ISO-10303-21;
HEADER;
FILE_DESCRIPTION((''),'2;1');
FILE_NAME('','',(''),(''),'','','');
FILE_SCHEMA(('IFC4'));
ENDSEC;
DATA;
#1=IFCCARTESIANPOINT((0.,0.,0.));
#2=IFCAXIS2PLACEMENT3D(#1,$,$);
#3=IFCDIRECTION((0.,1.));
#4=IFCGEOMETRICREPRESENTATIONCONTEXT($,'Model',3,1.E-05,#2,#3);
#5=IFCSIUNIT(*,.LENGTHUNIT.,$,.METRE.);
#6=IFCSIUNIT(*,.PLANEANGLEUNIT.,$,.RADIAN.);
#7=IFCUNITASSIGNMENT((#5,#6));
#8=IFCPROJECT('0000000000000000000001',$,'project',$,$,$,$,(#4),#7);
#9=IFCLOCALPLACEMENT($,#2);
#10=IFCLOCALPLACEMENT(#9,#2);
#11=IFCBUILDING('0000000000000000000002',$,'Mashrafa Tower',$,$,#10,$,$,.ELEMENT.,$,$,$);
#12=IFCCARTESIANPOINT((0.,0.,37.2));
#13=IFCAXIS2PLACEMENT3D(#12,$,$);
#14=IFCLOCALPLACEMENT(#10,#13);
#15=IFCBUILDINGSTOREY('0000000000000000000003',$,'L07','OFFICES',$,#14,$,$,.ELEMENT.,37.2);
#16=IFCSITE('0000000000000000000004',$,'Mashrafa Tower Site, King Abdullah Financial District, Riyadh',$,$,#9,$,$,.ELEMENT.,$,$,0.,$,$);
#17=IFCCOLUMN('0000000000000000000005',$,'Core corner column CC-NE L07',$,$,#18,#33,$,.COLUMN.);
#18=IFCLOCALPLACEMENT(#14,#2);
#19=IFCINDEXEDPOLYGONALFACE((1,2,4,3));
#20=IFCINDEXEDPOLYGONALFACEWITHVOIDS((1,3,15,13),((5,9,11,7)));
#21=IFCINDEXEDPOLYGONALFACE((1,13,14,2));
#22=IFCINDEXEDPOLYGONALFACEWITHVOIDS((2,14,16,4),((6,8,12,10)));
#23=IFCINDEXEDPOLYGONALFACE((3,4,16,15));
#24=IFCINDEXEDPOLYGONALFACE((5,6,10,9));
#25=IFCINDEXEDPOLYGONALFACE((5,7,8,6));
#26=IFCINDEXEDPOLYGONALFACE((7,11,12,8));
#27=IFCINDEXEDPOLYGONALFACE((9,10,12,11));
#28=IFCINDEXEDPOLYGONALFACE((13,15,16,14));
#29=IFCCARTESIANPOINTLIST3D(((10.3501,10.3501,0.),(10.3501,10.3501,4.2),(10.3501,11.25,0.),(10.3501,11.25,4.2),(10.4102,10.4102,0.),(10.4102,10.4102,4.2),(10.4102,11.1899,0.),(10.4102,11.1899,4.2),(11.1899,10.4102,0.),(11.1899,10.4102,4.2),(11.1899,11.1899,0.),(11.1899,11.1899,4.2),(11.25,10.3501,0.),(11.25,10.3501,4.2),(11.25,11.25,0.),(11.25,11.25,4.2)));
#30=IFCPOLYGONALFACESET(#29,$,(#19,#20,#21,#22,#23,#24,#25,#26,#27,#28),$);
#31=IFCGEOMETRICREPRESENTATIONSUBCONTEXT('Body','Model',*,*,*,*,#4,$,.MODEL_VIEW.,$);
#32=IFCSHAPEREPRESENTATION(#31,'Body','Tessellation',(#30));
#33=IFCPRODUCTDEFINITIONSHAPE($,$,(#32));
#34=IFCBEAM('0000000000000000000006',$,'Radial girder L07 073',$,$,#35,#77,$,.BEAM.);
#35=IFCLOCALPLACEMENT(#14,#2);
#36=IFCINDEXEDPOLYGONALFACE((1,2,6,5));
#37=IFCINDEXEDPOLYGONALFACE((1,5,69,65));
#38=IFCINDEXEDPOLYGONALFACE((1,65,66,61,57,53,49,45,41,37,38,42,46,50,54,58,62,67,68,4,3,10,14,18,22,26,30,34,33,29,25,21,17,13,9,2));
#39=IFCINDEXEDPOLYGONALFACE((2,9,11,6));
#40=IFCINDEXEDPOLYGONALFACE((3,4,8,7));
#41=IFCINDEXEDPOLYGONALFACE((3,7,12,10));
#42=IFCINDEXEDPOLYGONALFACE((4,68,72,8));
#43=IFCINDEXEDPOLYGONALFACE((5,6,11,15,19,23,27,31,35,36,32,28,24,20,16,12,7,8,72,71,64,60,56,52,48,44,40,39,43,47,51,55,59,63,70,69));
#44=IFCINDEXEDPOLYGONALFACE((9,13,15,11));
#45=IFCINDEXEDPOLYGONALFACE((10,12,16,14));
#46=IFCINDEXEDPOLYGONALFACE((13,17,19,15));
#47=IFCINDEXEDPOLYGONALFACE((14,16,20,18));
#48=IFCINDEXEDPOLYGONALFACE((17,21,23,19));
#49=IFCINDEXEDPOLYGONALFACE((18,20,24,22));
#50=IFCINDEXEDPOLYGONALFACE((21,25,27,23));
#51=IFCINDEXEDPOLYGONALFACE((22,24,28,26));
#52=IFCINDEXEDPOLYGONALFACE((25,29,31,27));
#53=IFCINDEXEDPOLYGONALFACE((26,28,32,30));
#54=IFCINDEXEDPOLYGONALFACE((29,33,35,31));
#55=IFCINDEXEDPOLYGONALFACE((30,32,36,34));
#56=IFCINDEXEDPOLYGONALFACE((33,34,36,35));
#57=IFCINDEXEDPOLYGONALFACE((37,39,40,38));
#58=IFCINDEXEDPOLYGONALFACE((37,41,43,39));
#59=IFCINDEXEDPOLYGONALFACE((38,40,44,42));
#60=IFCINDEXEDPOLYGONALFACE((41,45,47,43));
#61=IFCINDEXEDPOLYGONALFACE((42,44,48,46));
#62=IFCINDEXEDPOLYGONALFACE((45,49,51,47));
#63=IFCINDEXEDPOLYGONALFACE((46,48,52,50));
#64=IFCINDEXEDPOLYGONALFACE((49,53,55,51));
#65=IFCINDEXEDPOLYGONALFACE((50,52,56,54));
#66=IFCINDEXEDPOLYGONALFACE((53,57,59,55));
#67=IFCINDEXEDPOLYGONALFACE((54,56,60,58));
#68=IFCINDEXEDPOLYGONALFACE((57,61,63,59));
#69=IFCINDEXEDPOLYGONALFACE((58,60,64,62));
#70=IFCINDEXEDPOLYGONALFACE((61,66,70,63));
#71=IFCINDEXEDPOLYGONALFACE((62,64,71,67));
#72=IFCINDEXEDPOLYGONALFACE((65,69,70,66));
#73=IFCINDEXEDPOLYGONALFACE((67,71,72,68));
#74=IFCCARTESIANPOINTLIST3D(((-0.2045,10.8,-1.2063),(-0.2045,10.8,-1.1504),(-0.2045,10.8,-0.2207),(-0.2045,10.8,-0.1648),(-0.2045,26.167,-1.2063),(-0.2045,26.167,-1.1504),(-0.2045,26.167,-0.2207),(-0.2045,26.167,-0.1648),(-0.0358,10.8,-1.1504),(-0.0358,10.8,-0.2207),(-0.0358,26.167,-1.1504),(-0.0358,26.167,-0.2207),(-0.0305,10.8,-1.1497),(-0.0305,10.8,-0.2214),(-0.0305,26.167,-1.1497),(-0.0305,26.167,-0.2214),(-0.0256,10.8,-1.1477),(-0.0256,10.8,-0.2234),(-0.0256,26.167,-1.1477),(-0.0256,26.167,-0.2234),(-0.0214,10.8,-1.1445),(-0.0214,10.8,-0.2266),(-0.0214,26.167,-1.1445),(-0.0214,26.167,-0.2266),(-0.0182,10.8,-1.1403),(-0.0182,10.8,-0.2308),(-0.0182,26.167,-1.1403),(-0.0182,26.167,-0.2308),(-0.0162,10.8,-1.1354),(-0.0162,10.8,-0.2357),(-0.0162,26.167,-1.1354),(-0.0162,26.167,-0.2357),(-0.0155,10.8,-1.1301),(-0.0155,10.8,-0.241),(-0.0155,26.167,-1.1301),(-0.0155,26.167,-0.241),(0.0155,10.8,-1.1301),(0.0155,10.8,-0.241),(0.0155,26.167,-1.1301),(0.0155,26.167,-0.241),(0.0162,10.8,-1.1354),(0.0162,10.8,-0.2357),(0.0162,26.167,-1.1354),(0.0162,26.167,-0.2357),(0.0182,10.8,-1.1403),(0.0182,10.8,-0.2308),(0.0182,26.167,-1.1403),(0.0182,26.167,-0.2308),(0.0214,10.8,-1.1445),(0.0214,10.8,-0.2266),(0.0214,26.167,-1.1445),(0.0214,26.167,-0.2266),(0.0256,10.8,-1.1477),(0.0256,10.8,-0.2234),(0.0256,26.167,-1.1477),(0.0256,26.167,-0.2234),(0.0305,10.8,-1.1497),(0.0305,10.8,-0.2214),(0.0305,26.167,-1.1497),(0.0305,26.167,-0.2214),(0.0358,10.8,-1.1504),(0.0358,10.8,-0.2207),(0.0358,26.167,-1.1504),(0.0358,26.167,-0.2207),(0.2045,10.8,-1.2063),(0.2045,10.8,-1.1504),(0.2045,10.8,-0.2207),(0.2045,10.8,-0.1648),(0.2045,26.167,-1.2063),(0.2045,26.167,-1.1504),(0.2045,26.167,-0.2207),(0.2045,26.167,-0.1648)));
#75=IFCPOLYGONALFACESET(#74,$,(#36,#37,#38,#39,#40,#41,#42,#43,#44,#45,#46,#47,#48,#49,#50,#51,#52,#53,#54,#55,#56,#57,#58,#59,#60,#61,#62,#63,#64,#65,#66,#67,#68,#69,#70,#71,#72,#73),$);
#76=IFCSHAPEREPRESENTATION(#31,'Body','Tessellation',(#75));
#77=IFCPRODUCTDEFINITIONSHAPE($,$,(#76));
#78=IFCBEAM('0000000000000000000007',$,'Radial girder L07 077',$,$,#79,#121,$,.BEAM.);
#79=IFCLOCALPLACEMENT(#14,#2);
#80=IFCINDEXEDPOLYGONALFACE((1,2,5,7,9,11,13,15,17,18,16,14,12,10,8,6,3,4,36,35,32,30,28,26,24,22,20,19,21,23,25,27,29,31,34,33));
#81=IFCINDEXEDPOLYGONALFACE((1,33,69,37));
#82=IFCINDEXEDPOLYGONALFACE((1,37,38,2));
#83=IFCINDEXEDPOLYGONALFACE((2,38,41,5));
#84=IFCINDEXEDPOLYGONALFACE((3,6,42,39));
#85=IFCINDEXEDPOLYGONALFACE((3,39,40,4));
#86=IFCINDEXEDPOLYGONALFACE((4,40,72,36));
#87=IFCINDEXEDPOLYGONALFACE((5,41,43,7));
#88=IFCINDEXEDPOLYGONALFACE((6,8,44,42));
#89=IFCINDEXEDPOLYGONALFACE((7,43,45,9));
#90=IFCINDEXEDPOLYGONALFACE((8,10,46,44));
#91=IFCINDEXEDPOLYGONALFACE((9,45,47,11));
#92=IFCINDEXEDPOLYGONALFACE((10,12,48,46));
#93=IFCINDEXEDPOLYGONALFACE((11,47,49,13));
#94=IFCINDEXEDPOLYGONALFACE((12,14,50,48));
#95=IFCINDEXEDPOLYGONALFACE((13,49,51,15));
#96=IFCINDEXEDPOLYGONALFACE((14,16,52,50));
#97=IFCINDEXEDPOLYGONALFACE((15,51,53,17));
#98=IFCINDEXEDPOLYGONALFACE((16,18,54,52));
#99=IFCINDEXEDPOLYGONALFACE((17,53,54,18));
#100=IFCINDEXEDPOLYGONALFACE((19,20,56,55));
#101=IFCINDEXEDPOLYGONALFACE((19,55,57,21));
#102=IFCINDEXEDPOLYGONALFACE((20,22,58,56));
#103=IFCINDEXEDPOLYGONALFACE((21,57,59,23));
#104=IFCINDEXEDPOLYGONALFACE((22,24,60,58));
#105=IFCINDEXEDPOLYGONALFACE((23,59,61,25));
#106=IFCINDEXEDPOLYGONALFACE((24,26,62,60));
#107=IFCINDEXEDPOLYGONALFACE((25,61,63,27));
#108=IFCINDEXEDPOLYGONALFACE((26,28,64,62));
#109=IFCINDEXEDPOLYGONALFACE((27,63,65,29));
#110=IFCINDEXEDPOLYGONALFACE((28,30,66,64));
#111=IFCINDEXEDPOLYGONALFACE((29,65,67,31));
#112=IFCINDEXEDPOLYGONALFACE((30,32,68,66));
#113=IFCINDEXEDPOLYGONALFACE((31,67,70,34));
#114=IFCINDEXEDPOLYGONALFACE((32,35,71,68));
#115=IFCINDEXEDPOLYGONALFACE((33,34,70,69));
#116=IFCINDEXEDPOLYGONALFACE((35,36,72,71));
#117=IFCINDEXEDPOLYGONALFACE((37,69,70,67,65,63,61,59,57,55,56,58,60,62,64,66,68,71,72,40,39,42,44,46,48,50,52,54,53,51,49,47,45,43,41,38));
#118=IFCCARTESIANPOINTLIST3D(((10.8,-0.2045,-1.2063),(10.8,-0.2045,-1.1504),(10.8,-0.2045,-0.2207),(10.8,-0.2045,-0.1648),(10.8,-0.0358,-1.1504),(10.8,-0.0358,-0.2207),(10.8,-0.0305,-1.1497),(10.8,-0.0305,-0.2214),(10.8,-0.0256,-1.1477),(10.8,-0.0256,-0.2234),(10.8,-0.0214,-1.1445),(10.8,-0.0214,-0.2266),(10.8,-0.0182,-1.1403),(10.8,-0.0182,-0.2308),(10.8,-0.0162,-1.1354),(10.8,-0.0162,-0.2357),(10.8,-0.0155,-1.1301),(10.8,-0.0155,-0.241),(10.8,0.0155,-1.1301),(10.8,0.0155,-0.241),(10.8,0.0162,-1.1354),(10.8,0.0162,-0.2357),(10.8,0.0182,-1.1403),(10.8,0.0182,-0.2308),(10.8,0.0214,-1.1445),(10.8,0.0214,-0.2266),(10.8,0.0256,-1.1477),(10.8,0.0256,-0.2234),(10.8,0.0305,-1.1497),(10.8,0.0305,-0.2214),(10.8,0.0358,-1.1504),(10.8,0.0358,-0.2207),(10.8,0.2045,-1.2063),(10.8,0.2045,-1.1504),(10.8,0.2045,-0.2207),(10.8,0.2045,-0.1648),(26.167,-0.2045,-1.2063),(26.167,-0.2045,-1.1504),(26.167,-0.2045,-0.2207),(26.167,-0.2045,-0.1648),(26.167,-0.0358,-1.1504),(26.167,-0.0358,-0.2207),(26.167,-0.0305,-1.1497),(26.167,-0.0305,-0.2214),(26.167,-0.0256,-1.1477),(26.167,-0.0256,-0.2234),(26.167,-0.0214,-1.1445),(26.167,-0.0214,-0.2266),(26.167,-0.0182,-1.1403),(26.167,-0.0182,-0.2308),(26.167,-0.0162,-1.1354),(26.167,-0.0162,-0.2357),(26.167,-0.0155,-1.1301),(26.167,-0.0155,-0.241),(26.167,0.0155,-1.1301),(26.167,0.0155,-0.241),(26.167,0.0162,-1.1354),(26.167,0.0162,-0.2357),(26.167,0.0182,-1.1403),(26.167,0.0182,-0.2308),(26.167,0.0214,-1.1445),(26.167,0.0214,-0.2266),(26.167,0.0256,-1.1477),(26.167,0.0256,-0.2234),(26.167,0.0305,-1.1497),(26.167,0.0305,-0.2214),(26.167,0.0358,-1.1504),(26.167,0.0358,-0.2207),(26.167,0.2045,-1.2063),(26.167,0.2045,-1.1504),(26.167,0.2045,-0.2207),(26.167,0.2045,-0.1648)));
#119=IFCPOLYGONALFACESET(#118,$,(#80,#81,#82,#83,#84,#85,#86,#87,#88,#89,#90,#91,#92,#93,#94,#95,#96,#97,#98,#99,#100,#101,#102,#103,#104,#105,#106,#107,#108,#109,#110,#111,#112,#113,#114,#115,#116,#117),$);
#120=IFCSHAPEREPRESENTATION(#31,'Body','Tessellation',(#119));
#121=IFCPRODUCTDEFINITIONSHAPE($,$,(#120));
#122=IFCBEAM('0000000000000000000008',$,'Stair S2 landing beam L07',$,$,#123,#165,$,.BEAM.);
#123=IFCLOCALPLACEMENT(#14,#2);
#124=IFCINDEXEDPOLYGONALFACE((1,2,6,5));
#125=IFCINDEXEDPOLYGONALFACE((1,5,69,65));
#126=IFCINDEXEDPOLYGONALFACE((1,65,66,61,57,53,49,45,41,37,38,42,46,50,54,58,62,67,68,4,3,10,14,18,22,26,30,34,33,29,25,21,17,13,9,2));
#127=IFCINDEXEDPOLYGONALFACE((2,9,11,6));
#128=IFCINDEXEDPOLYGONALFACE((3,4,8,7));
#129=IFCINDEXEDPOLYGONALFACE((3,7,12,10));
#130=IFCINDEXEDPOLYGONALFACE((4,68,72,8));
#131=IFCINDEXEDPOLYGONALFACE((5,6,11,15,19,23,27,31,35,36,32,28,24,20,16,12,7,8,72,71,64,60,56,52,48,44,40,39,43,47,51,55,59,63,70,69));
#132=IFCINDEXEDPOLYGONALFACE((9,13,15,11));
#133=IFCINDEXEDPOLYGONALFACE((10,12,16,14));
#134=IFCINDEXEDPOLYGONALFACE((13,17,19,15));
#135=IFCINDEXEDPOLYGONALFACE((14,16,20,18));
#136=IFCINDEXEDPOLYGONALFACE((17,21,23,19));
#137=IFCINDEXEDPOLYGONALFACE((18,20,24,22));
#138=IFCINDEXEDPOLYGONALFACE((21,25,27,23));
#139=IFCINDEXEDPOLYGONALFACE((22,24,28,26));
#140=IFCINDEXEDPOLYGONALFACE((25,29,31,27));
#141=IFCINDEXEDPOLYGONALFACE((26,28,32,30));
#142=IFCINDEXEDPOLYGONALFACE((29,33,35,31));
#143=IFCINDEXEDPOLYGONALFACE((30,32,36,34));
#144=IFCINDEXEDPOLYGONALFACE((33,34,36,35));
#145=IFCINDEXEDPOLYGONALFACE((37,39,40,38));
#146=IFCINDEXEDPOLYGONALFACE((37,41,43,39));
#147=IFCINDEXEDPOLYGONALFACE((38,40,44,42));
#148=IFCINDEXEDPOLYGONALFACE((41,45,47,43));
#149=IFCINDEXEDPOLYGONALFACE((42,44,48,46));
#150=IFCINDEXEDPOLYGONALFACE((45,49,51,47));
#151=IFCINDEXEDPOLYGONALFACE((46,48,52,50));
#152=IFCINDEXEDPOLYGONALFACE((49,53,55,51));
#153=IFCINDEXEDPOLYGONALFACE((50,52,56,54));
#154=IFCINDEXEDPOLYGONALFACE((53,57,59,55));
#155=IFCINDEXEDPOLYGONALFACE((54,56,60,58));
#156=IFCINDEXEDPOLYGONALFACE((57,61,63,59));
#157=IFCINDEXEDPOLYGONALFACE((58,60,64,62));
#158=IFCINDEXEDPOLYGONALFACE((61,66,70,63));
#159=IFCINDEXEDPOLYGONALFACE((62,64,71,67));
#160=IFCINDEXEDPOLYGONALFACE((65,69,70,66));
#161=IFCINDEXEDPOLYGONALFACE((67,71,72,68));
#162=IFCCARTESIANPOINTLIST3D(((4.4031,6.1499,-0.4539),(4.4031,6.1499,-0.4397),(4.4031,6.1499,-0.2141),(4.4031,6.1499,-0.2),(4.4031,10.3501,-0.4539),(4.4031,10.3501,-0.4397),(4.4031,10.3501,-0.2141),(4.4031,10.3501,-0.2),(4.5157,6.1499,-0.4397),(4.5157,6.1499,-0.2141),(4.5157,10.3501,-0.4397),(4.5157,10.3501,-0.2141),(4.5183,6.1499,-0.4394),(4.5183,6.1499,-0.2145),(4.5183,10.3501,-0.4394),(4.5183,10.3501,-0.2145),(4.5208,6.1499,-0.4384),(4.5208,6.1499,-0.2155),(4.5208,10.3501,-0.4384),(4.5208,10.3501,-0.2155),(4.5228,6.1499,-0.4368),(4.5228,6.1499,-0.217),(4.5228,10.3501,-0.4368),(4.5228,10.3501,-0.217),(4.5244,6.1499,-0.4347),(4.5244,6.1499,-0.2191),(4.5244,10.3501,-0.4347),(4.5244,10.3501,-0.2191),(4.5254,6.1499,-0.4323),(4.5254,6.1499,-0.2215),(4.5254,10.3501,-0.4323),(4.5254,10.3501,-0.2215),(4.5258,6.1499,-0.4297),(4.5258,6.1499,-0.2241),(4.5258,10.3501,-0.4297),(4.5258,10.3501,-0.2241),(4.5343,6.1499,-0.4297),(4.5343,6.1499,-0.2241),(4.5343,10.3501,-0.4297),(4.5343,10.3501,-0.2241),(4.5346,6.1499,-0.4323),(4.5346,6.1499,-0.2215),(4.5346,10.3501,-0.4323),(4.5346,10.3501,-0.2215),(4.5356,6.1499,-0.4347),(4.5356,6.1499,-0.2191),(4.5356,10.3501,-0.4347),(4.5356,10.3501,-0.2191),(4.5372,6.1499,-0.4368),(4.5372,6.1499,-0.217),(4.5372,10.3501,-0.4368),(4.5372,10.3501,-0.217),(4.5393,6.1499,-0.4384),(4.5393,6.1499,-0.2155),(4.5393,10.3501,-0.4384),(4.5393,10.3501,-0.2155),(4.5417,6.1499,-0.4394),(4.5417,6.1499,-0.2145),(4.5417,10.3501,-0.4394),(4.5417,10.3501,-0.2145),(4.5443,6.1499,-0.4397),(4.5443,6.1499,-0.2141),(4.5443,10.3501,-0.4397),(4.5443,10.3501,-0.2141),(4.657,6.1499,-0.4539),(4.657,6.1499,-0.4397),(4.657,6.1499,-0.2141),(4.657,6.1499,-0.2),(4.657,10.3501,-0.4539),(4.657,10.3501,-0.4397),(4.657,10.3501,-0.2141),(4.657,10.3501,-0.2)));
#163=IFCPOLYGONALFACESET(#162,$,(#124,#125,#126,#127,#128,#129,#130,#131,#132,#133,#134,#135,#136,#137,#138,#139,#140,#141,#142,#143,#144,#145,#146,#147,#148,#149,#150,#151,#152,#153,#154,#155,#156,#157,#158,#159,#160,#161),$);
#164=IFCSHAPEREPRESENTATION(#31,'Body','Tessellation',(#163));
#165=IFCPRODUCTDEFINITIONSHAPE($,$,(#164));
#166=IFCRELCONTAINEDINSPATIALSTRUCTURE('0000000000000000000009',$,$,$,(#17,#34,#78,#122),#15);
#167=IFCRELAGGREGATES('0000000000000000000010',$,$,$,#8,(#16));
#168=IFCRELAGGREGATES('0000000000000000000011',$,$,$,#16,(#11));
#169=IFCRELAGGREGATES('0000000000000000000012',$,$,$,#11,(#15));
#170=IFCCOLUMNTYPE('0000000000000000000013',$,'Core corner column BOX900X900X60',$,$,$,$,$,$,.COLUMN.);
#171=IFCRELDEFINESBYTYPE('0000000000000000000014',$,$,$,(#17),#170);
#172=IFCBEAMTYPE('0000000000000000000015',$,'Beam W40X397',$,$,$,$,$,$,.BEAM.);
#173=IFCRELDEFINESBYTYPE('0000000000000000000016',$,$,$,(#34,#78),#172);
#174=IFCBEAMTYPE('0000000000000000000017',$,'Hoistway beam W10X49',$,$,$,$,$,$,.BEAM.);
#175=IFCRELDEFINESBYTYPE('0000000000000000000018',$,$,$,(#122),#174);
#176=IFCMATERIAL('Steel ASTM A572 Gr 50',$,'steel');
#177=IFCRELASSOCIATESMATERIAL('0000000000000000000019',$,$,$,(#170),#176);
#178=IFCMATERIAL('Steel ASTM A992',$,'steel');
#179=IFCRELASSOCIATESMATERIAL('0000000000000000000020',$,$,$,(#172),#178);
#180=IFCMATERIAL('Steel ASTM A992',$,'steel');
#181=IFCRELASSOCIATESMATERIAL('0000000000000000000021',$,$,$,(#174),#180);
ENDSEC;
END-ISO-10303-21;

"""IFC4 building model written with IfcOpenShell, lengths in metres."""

from ifc_helpers import new_model, si_unit, direction, frame, origin, origin_2d, place, context, subcontext, project, spatial, hollow_rectangle, i_section, extrude, material, material_profile, profile_set, type_object, element, save


model = new_model("IFC4")

# Units and contexts
model_context = context("Model", 3, precision=1e-05, world=origin(), true_north=direction((0.0, 1.0)))
body_context = subcontext(model_context, "Body", "Model", "MODEL_VIEW")
ifc_project = project(units=[si_unit("LENGTHUNIT", "METRE"), si_unit("PLANEANGLEUNIT", "RADIAN")], contexts=[model_context])

# Site, building, storey
site_placement = place(None, origin())
site = spatial("IfcSite", under=ifc_project, at=site_placement, Name="Mashrafa Tower Site, King Abdullah Financial District, Riyadh", CompositionType="ELEMENT", RefElevation=0.0)
building_placement = place(site_placement, origin())
building = spatial("IfcBuilding", under=site, at=building_placement, Name="Mashrafa Tower", CompositionType="ELEMENT")
storey_placement = place(building_placement, frame((0.0, 0.0, 37.2)))
storey = spatial("IfcBuildingStorey", under=building, at=storey_placement, Name="L07", Description="OFFICES", CompositionType="ELEMENT", Elevation=37.2)

# Column
ifc_material_1 = material(Name="Steel ASTM A572 Gr 50", Category="steel")
ifc_material_profile_1 = material_profile(ifc_material_1, hollow_rectangle(XDim=0.8999, YDim=0.8999, WallThickness=0.0601, at=origin_2d()), Name="BOX900X900X60")
ifc_profile_set_1 = profile_set([ifc_material_profile_1], Name="Steel ASTM A572 Gr 50")
column_type = type_object("IfcColumnType", Name="Core corner column BOX900X900X60", PredefinedType="COLUMN", material=ifc_profile_set_1)
column_placement = place(storey_placement, frame((10.8, 10.8, 0.0), z_axis=(0.0, 0.0, 1.0), x_axis=(1.0, 0.0, 0.0)))
element("IfcColumn", 1, at=column_placement, inside=storey, type_object=column_type, Name="Core corner column CC-NE L07", PredefinedType="COLUMN", context=body_context, shape_type="SweptSolid", body=[
    extrude(hollow_rectangle(XDim=0.8999, YDim=0.8999, WallThickness=0.0601, at=origin_2d()), origin(), (0.0, 0.0, 1.0), 4.2),
])

# Beams
ifc_material_2 = material(Name="Steel ASTM A992", Category="steel")
ifc_material_profile_2 = material_profile(ifc_material_2, i_section(OverallWidth=0.4089, OverallDepth=1.0415, WebThickness=0.031, FlangeThickness=0.0559, FilletRadius=0.0203, at=origin_2d()), Name="W40X397")
ifc_profile_set_2 = profile_set([ifc_material_profile_2], Name="Steel ASTM A992")
beam_type_1 = type_object("IfcBeamType", Name="Beam W40X397", PredefinedType="BEAM", material=ifc_profile_set_2)
for number, where, z_axis, x_axis, name in (
    (2, (0.0, 10.8, -0.6855), (0.0, 1.0, 0.0), (-1.0, 0.0, 0.0), "Radial girder L07 073"),
    (3, (10.8, 0.0, -0.6855), (1.0, 0.0, 0.0), (0.0, 1.0, 0.0), "Radial girder L07 077"),
):
    element("IfcBeam", number, at=place(storey_placement, frame(where, z_axis=z_axis, x_axis=x_axis)), inside=storey, type_object=beam_type_1, Name=name, PredefinedType="BEAM", context=body_context, shape_type="SweptSolid", body=[
        extrude(i_section(OverallWidth=0.4089, OverallDepth=1.0415, WebThickness=0.031, FlangeThickness=0.0559, FilletRadius=0.0203, at=origin_2d()), origin(), (0.0, 0.0, 1.0), 15.3669),
    ])
ifc_material_3 = material(Name="Steel ASTM A992", Category="steel")
ifc_material_profile_3 = material_profile(ifc_material_3, i_section(OverallWidth=0.2539, OverallDepth=0.2539, WebThickness=0.0085, FlangeThickness=0.0142, FilletRadius=0.01, at=origin_2d()), Name="W10X49")
ifc_profile_set_3 = profile_set([ifc_material_profile_3], Name="Steel ASTM A992")
beam_type_2 = type_object("IfcBeamType", Name="Hoistway beam W10X49", PredefinedType="BEAM", material=ifc_profile_set_3)
beam_placement = place(storey_placement, frame((4.53, 6.1499, -0.3269), z_axis=(0.0, 1.0, 0.0), x_axis=(-1.0, 0.0, 0.0)))
element("IfcBeam", 4, at=beam_placement, inside=storey, type_object=beam_type_2, Name="Stair S2 landing beam L07", PredefinedType="BEAM", context=body_context, shape_type="SweptSolid", body=[
    extrude(i_section(OverallWidth=0.2539, OverallDepth=0.2539, WebThickness=0.0085, FlangeThickness=0.0142, FilletRadius=0.01, at=origin_2d()), origin(), (0.0, 0.0, 1.0), 4.2002),
])

save(model, "model.ifc")
